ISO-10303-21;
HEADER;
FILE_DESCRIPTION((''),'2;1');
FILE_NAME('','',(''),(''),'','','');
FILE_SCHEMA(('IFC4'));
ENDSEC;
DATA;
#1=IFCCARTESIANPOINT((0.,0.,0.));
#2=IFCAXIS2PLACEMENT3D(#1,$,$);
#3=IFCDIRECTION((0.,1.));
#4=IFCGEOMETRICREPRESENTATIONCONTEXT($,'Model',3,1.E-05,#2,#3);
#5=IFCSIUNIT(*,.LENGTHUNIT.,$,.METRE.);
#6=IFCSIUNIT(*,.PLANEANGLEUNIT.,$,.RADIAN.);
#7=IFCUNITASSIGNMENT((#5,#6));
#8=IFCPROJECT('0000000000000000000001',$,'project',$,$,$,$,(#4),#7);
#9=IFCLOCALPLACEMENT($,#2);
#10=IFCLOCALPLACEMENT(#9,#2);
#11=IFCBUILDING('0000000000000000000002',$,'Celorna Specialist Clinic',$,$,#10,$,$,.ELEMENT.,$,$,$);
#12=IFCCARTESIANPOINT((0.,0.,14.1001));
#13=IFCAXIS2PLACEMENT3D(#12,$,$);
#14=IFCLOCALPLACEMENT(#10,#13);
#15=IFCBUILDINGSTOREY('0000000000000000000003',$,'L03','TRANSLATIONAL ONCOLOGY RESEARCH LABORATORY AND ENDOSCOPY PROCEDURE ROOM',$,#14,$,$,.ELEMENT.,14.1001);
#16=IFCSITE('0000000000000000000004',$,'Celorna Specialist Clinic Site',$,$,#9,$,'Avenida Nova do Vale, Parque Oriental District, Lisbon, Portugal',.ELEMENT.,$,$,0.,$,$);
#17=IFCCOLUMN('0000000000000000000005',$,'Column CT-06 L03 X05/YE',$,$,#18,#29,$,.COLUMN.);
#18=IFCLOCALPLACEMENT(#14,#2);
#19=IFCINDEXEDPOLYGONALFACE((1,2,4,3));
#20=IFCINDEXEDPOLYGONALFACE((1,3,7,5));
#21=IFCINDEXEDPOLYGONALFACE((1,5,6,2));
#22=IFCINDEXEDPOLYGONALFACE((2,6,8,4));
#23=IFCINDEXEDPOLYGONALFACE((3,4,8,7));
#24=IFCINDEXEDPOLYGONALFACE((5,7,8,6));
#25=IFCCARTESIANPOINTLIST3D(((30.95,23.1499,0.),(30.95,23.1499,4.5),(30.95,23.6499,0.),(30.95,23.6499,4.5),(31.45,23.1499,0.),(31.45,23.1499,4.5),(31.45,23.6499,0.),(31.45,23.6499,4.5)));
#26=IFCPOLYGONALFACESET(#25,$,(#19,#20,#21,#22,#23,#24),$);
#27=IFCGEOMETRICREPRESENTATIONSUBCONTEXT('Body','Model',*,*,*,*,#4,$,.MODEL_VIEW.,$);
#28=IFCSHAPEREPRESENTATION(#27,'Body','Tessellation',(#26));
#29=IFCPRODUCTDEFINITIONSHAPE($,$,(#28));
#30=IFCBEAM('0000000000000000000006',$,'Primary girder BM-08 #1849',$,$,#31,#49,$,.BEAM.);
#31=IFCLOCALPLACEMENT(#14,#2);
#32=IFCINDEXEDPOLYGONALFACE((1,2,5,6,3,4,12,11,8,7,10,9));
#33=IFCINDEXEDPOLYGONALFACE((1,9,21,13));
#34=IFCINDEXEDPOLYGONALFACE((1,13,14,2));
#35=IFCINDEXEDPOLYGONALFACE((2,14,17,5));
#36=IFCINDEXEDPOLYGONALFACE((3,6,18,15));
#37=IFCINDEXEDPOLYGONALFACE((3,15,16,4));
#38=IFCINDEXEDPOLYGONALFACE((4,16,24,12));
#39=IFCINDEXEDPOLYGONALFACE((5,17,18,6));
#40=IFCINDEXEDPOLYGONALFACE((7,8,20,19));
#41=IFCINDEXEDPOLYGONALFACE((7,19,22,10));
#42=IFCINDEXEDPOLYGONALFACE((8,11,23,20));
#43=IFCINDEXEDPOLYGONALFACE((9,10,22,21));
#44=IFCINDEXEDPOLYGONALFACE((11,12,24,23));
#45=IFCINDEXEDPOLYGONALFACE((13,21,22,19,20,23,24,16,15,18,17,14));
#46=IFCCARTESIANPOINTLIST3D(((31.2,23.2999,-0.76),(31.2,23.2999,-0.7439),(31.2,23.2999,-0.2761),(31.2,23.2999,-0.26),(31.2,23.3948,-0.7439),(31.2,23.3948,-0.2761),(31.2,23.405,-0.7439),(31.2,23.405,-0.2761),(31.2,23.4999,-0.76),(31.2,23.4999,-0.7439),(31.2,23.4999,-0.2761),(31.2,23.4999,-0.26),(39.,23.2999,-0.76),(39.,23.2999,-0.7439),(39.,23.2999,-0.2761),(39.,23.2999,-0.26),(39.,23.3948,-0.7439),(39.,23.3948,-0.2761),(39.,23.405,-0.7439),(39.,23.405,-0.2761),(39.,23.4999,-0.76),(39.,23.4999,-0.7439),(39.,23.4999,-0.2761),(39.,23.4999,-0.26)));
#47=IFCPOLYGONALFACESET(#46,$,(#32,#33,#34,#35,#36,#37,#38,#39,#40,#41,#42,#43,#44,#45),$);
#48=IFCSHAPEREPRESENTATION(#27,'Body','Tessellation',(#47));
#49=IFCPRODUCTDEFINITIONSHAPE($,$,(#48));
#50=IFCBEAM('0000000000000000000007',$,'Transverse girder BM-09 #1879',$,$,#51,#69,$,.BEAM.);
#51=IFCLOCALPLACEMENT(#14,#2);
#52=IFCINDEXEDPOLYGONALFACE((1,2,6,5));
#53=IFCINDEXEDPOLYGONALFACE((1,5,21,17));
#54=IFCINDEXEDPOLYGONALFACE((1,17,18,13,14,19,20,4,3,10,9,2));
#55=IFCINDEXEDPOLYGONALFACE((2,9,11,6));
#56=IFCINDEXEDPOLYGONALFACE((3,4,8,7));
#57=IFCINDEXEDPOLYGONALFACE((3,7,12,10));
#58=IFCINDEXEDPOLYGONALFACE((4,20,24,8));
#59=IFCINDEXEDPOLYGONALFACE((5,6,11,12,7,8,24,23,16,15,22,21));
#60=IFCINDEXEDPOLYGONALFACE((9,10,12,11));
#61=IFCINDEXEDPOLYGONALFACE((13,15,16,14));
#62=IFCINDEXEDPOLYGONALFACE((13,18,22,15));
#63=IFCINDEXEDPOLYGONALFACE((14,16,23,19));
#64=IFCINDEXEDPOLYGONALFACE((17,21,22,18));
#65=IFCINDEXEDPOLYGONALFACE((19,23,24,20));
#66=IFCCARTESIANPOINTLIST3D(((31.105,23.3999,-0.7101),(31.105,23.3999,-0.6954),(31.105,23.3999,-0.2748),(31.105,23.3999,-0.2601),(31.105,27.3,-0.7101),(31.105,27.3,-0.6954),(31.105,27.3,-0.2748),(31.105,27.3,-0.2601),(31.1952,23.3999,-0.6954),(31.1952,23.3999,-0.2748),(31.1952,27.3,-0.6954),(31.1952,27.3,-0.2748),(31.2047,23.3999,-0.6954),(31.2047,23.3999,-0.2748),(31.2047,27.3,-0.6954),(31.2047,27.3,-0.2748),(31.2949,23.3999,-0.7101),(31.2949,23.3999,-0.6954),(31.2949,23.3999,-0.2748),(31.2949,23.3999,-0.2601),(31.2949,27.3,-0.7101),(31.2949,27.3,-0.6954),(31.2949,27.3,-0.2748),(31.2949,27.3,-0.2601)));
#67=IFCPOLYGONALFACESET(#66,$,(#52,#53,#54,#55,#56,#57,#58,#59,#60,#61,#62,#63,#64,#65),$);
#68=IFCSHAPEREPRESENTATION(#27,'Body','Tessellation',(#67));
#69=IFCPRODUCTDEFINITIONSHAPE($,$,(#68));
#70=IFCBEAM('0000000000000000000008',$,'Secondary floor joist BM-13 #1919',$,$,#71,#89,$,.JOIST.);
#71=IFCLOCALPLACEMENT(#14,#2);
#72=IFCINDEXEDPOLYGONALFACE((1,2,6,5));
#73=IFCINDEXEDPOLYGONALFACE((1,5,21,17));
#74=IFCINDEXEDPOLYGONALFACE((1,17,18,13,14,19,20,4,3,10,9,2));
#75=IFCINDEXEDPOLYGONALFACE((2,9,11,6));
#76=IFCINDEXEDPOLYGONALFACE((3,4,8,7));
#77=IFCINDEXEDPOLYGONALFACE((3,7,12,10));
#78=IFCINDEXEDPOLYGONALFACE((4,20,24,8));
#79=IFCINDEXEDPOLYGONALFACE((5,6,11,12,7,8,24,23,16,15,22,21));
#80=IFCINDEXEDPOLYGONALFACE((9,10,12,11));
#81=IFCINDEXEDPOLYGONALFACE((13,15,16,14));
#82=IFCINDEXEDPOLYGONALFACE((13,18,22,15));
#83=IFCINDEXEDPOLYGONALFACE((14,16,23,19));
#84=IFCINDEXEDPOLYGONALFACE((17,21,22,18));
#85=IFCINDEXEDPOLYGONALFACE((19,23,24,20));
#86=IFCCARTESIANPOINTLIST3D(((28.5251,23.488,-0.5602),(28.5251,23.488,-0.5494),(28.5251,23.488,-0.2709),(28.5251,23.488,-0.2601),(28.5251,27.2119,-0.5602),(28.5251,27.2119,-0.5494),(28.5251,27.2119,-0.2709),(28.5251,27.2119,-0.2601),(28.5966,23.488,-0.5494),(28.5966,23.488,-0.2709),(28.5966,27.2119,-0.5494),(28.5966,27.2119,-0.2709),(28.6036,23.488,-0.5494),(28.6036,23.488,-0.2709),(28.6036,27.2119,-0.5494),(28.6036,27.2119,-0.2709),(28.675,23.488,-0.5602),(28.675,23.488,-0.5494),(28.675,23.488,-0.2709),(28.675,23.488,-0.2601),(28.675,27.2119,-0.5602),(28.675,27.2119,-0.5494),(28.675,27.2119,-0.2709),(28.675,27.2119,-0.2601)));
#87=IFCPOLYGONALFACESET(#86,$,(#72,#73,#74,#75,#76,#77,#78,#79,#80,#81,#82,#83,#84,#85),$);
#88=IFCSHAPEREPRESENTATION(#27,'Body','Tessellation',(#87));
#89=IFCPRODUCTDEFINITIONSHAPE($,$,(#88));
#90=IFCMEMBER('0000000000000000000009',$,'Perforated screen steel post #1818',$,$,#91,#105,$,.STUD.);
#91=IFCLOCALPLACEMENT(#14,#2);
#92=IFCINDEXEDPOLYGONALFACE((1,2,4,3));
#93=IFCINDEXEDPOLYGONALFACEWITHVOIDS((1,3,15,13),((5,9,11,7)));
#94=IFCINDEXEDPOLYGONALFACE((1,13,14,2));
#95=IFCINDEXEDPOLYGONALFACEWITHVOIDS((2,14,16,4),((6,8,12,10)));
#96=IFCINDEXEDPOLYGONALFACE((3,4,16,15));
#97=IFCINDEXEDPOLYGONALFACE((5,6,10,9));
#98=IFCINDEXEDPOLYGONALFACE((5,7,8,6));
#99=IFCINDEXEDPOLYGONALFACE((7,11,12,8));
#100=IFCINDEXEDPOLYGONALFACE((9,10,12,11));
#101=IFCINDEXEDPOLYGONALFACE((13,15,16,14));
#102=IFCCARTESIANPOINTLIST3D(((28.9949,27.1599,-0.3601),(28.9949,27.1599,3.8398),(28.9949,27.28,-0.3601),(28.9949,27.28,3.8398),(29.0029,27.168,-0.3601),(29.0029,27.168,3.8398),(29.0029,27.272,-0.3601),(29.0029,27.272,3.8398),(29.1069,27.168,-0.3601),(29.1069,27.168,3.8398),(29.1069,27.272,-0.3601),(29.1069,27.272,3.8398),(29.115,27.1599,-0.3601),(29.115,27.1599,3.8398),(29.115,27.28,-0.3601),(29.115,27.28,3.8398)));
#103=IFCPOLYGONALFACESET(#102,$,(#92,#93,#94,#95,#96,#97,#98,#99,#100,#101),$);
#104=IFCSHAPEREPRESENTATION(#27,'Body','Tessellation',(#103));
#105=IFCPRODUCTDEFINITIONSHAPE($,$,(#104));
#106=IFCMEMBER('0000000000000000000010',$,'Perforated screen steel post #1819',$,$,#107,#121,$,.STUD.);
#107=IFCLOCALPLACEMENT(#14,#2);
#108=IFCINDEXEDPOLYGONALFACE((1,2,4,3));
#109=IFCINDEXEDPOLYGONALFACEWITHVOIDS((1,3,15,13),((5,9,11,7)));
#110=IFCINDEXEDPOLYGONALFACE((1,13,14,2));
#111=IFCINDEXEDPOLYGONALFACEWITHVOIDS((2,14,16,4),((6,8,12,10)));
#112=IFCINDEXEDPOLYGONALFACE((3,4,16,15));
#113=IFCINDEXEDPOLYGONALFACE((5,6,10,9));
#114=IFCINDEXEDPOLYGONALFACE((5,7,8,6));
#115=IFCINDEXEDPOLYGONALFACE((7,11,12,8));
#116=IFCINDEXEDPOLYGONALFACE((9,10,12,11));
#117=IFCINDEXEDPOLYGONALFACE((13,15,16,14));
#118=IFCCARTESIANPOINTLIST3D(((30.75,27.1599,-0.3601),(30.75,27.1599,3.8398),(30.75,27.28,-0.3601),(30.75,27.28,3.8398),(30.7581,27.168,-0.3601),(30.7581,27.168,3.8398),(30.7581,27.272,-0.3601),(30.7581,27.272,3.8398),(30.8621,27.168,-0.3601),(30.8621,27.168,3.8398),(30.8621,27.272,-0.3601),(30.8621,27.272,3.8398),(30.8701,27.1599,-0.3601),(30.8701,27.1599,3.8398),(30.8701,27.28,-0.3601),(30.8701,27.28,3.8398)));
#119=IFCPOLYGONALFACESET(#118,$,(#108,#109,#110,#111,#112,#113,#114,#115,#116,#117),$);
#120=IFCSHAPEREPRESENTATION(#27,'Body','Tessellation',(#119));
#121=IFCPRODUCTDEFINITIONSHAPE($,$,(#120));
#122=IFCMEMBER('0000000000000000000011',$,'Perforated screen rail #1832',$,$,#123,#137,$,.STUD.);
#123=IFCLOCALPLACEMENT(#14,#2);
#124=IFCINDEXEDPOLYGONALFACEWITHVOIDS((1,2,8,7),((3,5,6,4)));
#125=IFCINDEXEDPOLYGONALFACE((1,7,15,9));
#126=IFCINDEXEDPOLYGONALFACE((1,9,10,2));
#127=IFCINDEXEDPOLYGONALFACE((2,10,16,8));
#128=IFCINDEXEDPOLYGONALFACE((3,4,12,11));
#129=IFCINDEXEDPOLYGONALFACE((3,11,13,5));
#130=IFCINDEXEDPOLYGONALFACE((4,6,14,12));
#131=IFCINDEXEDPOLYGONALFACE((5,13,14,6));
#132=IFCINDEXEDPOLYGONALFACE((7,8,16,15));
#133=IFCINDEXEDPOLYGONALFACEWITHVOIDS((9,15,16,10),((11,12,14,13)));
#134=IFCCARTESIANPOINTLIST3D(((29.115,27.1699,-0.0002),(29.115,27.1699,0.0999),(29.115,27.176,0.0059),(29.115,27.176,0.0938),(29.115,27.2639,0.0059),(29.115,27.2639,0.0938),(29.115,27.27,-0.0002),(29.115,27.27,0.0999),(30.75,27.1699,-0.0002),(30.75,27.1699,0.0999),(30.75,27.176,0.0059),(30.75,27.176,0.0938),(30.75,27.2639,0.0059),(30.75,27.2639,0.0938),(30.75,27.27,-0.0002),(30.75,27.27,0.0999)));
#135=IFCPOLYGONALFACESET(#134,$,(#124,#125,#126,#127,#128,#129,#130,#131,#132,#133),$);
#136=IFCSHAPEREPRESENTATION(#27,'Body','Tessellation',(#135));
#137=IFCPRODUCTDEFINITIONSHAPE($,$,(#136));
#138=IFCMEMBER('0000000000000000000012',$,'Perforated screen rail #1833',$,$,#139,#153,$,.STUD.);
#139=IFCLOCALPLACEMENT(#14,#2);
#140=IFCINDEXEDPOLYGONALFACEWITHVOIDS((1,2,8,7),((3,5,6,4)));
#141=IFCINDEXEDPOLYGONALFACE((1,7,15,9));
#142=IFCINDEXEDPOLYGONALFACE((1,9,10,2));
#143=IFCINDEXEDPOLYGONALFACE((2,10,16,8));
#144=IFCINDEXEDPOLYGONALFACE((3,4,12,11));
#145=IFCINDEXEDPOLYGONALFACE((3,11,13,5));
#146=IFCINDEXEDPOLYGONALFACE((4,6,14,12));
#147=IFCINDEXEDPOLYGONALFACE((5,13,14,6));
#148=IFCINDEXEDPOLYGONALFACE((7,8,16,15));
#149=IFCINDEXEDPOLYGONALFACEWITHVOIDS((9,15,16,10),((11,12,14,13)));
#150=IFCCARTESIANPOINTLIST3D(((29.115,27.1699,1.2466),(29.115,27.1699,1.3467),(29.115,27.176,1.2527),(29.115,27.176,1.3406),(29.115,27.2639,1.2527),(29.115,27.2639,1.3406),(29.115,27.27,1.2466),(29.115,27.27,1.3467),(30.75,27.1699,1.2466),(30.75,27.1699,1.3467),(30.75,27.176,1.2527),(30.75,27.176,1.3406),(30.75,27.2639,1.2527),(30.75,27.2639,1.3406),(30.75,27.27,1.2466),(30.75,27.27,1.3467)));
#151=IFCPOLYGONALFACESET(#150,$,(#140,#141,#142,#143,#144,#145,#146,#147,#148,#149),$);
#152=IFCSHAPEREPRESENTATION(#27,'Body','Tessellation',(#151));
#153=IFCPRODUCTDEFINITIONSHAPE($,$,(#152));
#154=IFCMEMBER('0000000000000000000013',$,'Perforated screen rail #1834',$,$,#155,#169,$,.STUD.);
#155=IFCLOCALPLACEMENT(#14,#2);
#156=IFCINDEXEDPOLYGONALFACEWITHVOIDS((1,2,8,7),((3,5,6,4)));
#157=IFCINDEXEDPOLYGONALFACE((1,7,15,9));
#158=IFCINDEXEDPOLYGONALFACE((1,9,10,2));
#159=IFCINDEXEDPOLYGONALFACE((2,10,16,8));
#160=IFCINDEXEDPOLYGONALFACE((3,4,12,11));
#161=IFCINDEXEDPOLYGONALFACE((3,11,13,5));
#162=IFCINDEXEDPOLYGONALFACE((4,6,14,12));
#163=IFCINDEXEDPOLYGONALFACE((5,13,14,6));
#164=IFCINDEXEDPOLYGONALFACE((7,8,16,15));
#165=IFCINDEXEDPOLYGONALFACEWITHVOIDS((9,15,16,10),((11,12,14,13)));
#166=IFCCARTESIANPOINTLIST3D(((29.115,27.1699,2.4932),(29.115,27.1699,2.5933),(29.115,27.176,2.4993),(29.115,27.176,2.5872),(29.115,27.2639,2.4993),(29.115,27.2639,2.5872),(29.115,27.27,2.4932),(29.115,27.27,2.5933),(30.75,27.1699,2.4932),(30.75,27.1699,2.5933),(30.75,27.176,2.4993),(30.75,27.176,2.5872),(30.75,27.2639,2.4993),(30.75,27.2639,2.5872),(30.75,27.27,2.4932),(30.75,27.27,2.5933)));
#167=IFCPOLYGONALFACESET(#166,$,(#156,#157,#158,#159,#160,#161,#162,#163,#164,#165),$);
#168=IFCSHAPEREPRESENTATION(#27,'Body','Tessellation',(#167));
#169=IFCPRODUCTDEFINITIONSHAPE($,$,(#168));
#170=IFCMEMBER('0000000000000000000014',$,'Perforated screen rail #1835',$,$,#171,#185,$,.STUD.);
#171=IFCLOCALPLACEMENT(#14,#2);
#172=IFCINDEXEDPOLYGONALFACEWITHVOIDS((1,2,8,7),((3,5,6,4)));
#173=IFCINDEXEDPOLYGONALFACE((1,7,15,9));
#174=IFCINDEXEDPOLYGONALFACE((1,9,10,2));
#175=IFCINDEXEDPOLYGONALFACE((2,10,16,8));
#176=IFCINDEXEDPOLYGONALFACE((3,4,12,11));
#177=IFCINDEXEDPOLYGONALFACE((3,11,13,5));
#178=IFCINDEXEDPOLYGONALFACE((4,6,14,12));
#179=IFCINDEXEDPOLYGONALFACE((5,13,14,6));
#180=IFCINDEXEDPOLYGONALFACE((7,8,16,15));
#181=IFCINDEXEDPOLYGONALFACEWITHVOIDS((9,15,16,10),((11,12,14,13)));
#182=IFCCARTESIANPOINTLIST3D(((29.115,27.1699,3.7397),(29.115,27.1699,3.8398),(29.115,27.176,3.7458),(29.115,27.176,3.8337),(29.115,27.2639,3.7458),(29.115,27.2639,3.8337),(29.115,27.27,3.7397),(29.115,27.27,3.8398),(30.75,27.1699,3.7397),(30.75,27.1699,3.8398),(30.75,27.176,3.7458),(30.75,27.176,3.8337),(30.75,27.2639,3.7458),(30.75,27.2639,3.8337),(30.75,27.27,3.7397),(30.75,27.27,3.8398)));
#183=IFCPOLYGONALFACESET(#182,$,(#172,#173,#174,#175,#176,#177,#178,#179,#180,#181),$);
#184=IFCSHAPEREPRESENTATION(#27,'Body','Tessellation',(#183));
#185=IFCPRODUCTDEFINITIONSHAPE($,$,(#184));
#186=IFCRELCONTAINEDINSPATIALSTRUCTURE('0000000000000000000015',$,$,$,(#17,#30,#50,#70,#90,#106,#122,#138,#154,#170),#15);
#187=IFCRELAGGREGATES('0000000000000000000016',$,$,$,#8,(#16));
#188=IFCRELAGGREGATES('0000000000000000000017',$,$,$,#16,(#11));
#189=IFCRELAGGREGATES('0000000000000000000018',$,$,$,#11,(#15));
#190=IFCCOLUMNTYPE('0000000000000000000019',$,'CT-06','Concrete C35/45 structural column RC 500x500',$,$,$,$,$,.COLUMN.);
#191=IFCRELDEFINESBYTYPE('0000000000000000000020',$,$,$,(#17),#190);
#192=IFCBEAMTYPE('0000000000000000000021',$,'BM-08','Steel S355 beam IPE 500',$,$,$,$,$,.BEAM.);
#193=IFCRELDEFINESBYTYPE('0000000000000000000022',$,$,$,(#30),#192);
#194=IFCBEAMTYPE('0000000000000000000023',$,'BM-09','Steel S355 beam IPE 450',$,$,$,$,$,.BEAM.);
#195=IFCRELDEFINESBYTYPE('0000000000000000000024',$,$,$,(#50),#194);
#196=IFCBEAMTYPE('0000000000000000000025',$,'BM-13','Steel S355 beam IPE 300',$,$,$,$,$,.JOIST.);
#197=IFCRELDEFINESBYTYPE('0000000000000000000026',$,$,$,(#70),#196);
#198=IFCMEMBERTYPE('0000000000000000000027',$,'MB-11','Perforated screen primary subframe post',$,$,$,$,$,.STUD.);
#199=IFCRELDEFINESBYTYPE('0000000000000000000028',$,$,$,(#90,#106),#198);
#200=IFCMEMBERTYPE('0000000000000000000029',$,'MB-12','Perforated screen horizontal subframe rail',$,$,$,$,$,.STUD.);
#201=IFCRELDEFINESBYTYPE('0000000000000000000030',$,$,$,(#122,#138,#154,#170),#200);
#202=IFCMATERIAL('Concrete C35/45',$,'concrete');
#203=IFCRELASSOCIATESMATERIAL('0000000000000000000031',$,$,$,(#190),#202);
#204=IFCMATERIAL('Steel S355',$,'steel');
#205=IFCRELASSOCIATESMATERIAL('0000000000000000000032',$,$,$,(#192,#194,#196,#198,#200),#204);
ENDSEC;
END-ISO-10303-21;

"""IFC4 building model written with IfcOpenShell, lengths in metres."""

from ifc_helpers import new_model, si_unit, direction, frame, origin, origin_2d, place, context, subcontext, project, spatial, rectangle, hollow_rectangle, i_section, extrude, material, material_profile, profile_set, type_object, element, save


model = new_model("IFC4")

# Units and contexts
model_context = context("Model", 3, precision=1e-05, world=origin(), true_north=direction((0.0, 1.0)))
body_context = subcontext(model_context, "Body", "Model", "MODEL_VIEW")
ifc_project = project(units=[si_unit("LENGTHUNIT", "METRE"), si_unit("PLANEANGLEUNIT", "RADIAN")], contexts=[model_context])

# Site, building, storey
site_placement = place(None, origin())
site = spatial("IfcSite", under=ifc_project, at=site_placement, Name="Celorna Specialist Clinic Site", LongName="Avenida Nova do Vale, Parque Oriental District, Lisbon, Portugal", CompositionType="ELEMENT", RefElevation=0.0)
building_placement = place(site_placement, origin())
building = spatial("IfcBuilding", under=site, at=building_placement, Name="Celorna Specialist Clinic", CompositionType="ELEMENT")
storey_placement = place(building_placement, frame((0.0, 0.0, 14.1001)))
storey = spatial("IfcBuildingStorey", under=building, at=storey_placement, Name="L03", Description="TRANSLATIONAL ONCOLOGY RESEARCH LABORATORY AND ENDOSCOPY PROCEDURE ROOM", CompositionType="ELEMENT", Elevation=14.1001)

# Column
ifc_material_1 = material(Name="Concrete C35/45", Category="concrete")
ifc_material_profile_1 = material_profile(ifc_material_1, rectangle(XDim=0.5, YDim=0.5, at=origin_2d()), Name="RC 500x500")
ifc_profile_set_1 = profile_set([ifc_material_profile_1], Name="Concrete C35/45")
column_type = type_object("IfcColumnType", Name="CT-06", Description="Concrete C35/45 structural column RC 500x500", PredefinedType="COLUMN", material=ifc_profile_set_1)
column_placement = place(storey_placement, frame((31.2, 23.3999, 0.0), z_axis=(0.0, 0.0, 1.0), x_axis=(1.0, 0.0, 0.0)))
element("IfcColumn", 1, at=column_placement, inside=storey, type_object=column_type, Name="Column CT-06 L03 X05/YE", PredefinedType="COLUMN", context=body_context, shape_type="SweptSolid", body=[
    extrude(rectangle(XDim=0.5, YDim=0.5, at=origin_2d()), origin(), (0.0, 0.0, 1.0), 4.5),
])

# Beams
ifc_material_2 = material(Name="Steel S355", Category="steel")
ifc_material_profile_2 = material_profile(ifc_material_2, i_section(OverallWidth=0.2, OverallDepth=0.5, WebThickness=0.0103, FlangeThickness=0.0161, at=origin_2d()), Name="IPE 500")
ifc_profile_set_2 = profile_set([ifc_material_profile_2], Name="Steel S355")
beam_type_1 = type_object("IfcBeamType", Name="BM-08", Description="Steel S355 beam IPE 500", PredefinedType="BEAM", material=ifc_profile_set_2)
beam_1_placement = place(storey_placement, frame((31.2, 23.3999, -0.51), z_axis=(1.0, 0.0, 0.0), x_axis=(0.0, 1.0, 0.0)))
element("IfcBeam", 2, at=beam_1_placement, inside=storey, type_object=beam_type_1, Name="Primary girder BM-08 #1849", PredefinedType="BEAM", context=body_context, shape_type="SweptSolid", body=[
    extrude(i_section(OverallWidth=0.2, OverallDepth=0.5, WebThickness=0.0103, FlangeThickness=0.0161, at=origin_2d()), origin(), (0.0, 0.0, 1.0), 7.8),
])
ifc_material_profile_3 = material_profile(ifc_material_2, i_section(OverallWidth=0.1899, OverallDepth=0.45, WebThickness=0.0095, FlangeThickness=0.0146, at=origin_2d()), Name="IPE 450")
ifc_profile_set_3 = profile_set([ifc_material_profile_3], Name="Steel S355")
beam_type_2 = type_object("IfcBeamType", Name="BM-09", Description="Steel S355 beam IPE 450", PredefinedType="BEAM", material=ifc_profile_set_3)
beam_2_placement = place(storey_placement, frame((31.2, 23.3999, -0.4851), z_axis=(0.0, 1.0, 0.0), x_axis=(-1.0, 0.0, 0.0)))
element("IfcBeam", 3, at=beam_2_placement, inside=storey, type_object=beam_type_2, Name="Transverse girder BM-09 #1879", PredefinedType="BEAM", context=body_context, shape_type="SweptSolid", body=[
    extrude(i_section(OverallWidth=0.1899, OverallDepth=0.45, WebThickness=0.0095, FlangeThickness=0.0146, at=origin_2d()), origin(), (0.0, 0.0, 1.0), 3.9001),
])
ifc_material_profile_4 = material_profile(ifc_material_2, i_section(OverallWidth=0.1499, OverallDepth=0.3, WebThickness=0.0071, FlangeThickness=0.0107, at=origin_2d()), Name="IPE 300")
ifc_profile_set_4 = profile_set([ifc_material_profile_4], Name="Steel S355")
beam_type_3 = type_object("IfcBeamType", Name="BM-13", Description="Steel S355 beam IPE 300", PredefinedType="JOIST", material=ifc_profile_set_4)
beam_3_placement = place(storey_placement, frame((28.6001, 23.488, -0.4102), z_axis=(0.0, 1.0, 0.0), x_axis=(-1.0, 0.0, 0.0)))
element("IfcBeam", 4, at=beam_3_placement, inside=storey, type_object=beam_type_3, Name="Secondary floor joist BM-13 #1919", PredefinedType="JOIST", context=body_context, shape_type="SweptSolid", body=[
    extrude(i_section(OverallWidth=0.1499, OverallDepth=0.3, WebThickness=0.0071, FlangeThickness=0.0107, at=origin_2d()), origin(), (0.0, 0.0, 1.0), 3.7239),
])

# Members
ifc_material_profile_5 = material_profile(ifc_material_2, hollow_rectangle(XDim=0.1201, YDim=0.1201, WallThickness=0.0081, at=origin_2d()), Name="SHS 120x120x8")
ifc_profile_set_5 = profile_set([ifc_material_profile_5], Name="Steel S355")
member_type_1 = type_object("IfcMemberType", Name="MB-11", Description="Perforated screen primary subframe post", PredefinedType="STUD", material=ifc_profile_set_5)
for number, where, z_axis, x_axis, name in (
    (5, (29.0549, 27.22, -0.3601), (0.0, 0.0, 1.0), (1.0, 0.0, 0.0), "Perforated screen steel post #1818"),
    (6, (30.8101, 27.22, -0.3601), (0.0, 0.0, 1.0), (1.0, 0.0, 0.0), "Perforated screen steel post #1819"),
):
    element("IfcMember", number, at=place(storey_placement, frame(where, z_axis=z_axis, x_axis=x_axis)), inside=storey, type_object=member_type_1, Name=name, PredefinedType="STUD", context=body_context, shape_type="SweptSolid", body=[
        extrude(hollow_rectangle(XDim=0.1201, YDim=0.1201, WallThickness=0.0081, at=origin_2d()), origin(), (0.0, 0.0, 1.0), 4.2),
    ])
ifc_material_profile_6 = material_profile(ifc_material_2, hollow_rectangle(XDim=0.1001, YDim=0.1001, WallThickness=0.0061, at=origin_2d()), Name="SHS 100x100x6")
ifc_profile_set_6 = profile_set([ifc_material_profile_6], Name="Steel S355")
member_type_2 = type_object("IfcMemberType", Name="MB-12", Description="Perforated screen horizontal subframe rail", PredefinedType="STUD", material=ifc_profile_set_6)
for number, where, z_axis, x_axis, name in (
    (7, (29.115, 27.22, 0.0498), (1.0, 0.0, 0.0), (0.0, 1.0, 0.0), "Perforated screen rail #1832"),
    (8, (29.115, 27.22, 1.2966), (1.0, 0.0, 0.0), (0.0, 1.0, 0.0), "Perforated screen rail #1833"),
    (9, (29.115, 27.22, 2.5432), (1.0, 0.0, 0.0), (0.0, 1.0, 0.0), "Perforated screen rail #1834"),
    (10, (29.115, 27.22, 3.7898), (1.0, 0.0, 0.0), (0.0, 1.0, 0.0), "Perforated screen rail #1835"),
):
    element("IfcMember", number, at=place(storey_placement, frame(where, z_axis=z_axis, x_axis=x_axis)), inside=storey, type_object=member_type_2, Name=name, PredefinedType="STUD", context=body_context, shape_type="SweptSolid", body=[
        extrude(hollow_rectangle(XDim=0.1001, YDim=0.1001, WallThickness=0.0061, at=origin_2d()), origin(), (0.0, 0.0, 1.0), 1.635),
    ])

save(model, "model.ifc")
